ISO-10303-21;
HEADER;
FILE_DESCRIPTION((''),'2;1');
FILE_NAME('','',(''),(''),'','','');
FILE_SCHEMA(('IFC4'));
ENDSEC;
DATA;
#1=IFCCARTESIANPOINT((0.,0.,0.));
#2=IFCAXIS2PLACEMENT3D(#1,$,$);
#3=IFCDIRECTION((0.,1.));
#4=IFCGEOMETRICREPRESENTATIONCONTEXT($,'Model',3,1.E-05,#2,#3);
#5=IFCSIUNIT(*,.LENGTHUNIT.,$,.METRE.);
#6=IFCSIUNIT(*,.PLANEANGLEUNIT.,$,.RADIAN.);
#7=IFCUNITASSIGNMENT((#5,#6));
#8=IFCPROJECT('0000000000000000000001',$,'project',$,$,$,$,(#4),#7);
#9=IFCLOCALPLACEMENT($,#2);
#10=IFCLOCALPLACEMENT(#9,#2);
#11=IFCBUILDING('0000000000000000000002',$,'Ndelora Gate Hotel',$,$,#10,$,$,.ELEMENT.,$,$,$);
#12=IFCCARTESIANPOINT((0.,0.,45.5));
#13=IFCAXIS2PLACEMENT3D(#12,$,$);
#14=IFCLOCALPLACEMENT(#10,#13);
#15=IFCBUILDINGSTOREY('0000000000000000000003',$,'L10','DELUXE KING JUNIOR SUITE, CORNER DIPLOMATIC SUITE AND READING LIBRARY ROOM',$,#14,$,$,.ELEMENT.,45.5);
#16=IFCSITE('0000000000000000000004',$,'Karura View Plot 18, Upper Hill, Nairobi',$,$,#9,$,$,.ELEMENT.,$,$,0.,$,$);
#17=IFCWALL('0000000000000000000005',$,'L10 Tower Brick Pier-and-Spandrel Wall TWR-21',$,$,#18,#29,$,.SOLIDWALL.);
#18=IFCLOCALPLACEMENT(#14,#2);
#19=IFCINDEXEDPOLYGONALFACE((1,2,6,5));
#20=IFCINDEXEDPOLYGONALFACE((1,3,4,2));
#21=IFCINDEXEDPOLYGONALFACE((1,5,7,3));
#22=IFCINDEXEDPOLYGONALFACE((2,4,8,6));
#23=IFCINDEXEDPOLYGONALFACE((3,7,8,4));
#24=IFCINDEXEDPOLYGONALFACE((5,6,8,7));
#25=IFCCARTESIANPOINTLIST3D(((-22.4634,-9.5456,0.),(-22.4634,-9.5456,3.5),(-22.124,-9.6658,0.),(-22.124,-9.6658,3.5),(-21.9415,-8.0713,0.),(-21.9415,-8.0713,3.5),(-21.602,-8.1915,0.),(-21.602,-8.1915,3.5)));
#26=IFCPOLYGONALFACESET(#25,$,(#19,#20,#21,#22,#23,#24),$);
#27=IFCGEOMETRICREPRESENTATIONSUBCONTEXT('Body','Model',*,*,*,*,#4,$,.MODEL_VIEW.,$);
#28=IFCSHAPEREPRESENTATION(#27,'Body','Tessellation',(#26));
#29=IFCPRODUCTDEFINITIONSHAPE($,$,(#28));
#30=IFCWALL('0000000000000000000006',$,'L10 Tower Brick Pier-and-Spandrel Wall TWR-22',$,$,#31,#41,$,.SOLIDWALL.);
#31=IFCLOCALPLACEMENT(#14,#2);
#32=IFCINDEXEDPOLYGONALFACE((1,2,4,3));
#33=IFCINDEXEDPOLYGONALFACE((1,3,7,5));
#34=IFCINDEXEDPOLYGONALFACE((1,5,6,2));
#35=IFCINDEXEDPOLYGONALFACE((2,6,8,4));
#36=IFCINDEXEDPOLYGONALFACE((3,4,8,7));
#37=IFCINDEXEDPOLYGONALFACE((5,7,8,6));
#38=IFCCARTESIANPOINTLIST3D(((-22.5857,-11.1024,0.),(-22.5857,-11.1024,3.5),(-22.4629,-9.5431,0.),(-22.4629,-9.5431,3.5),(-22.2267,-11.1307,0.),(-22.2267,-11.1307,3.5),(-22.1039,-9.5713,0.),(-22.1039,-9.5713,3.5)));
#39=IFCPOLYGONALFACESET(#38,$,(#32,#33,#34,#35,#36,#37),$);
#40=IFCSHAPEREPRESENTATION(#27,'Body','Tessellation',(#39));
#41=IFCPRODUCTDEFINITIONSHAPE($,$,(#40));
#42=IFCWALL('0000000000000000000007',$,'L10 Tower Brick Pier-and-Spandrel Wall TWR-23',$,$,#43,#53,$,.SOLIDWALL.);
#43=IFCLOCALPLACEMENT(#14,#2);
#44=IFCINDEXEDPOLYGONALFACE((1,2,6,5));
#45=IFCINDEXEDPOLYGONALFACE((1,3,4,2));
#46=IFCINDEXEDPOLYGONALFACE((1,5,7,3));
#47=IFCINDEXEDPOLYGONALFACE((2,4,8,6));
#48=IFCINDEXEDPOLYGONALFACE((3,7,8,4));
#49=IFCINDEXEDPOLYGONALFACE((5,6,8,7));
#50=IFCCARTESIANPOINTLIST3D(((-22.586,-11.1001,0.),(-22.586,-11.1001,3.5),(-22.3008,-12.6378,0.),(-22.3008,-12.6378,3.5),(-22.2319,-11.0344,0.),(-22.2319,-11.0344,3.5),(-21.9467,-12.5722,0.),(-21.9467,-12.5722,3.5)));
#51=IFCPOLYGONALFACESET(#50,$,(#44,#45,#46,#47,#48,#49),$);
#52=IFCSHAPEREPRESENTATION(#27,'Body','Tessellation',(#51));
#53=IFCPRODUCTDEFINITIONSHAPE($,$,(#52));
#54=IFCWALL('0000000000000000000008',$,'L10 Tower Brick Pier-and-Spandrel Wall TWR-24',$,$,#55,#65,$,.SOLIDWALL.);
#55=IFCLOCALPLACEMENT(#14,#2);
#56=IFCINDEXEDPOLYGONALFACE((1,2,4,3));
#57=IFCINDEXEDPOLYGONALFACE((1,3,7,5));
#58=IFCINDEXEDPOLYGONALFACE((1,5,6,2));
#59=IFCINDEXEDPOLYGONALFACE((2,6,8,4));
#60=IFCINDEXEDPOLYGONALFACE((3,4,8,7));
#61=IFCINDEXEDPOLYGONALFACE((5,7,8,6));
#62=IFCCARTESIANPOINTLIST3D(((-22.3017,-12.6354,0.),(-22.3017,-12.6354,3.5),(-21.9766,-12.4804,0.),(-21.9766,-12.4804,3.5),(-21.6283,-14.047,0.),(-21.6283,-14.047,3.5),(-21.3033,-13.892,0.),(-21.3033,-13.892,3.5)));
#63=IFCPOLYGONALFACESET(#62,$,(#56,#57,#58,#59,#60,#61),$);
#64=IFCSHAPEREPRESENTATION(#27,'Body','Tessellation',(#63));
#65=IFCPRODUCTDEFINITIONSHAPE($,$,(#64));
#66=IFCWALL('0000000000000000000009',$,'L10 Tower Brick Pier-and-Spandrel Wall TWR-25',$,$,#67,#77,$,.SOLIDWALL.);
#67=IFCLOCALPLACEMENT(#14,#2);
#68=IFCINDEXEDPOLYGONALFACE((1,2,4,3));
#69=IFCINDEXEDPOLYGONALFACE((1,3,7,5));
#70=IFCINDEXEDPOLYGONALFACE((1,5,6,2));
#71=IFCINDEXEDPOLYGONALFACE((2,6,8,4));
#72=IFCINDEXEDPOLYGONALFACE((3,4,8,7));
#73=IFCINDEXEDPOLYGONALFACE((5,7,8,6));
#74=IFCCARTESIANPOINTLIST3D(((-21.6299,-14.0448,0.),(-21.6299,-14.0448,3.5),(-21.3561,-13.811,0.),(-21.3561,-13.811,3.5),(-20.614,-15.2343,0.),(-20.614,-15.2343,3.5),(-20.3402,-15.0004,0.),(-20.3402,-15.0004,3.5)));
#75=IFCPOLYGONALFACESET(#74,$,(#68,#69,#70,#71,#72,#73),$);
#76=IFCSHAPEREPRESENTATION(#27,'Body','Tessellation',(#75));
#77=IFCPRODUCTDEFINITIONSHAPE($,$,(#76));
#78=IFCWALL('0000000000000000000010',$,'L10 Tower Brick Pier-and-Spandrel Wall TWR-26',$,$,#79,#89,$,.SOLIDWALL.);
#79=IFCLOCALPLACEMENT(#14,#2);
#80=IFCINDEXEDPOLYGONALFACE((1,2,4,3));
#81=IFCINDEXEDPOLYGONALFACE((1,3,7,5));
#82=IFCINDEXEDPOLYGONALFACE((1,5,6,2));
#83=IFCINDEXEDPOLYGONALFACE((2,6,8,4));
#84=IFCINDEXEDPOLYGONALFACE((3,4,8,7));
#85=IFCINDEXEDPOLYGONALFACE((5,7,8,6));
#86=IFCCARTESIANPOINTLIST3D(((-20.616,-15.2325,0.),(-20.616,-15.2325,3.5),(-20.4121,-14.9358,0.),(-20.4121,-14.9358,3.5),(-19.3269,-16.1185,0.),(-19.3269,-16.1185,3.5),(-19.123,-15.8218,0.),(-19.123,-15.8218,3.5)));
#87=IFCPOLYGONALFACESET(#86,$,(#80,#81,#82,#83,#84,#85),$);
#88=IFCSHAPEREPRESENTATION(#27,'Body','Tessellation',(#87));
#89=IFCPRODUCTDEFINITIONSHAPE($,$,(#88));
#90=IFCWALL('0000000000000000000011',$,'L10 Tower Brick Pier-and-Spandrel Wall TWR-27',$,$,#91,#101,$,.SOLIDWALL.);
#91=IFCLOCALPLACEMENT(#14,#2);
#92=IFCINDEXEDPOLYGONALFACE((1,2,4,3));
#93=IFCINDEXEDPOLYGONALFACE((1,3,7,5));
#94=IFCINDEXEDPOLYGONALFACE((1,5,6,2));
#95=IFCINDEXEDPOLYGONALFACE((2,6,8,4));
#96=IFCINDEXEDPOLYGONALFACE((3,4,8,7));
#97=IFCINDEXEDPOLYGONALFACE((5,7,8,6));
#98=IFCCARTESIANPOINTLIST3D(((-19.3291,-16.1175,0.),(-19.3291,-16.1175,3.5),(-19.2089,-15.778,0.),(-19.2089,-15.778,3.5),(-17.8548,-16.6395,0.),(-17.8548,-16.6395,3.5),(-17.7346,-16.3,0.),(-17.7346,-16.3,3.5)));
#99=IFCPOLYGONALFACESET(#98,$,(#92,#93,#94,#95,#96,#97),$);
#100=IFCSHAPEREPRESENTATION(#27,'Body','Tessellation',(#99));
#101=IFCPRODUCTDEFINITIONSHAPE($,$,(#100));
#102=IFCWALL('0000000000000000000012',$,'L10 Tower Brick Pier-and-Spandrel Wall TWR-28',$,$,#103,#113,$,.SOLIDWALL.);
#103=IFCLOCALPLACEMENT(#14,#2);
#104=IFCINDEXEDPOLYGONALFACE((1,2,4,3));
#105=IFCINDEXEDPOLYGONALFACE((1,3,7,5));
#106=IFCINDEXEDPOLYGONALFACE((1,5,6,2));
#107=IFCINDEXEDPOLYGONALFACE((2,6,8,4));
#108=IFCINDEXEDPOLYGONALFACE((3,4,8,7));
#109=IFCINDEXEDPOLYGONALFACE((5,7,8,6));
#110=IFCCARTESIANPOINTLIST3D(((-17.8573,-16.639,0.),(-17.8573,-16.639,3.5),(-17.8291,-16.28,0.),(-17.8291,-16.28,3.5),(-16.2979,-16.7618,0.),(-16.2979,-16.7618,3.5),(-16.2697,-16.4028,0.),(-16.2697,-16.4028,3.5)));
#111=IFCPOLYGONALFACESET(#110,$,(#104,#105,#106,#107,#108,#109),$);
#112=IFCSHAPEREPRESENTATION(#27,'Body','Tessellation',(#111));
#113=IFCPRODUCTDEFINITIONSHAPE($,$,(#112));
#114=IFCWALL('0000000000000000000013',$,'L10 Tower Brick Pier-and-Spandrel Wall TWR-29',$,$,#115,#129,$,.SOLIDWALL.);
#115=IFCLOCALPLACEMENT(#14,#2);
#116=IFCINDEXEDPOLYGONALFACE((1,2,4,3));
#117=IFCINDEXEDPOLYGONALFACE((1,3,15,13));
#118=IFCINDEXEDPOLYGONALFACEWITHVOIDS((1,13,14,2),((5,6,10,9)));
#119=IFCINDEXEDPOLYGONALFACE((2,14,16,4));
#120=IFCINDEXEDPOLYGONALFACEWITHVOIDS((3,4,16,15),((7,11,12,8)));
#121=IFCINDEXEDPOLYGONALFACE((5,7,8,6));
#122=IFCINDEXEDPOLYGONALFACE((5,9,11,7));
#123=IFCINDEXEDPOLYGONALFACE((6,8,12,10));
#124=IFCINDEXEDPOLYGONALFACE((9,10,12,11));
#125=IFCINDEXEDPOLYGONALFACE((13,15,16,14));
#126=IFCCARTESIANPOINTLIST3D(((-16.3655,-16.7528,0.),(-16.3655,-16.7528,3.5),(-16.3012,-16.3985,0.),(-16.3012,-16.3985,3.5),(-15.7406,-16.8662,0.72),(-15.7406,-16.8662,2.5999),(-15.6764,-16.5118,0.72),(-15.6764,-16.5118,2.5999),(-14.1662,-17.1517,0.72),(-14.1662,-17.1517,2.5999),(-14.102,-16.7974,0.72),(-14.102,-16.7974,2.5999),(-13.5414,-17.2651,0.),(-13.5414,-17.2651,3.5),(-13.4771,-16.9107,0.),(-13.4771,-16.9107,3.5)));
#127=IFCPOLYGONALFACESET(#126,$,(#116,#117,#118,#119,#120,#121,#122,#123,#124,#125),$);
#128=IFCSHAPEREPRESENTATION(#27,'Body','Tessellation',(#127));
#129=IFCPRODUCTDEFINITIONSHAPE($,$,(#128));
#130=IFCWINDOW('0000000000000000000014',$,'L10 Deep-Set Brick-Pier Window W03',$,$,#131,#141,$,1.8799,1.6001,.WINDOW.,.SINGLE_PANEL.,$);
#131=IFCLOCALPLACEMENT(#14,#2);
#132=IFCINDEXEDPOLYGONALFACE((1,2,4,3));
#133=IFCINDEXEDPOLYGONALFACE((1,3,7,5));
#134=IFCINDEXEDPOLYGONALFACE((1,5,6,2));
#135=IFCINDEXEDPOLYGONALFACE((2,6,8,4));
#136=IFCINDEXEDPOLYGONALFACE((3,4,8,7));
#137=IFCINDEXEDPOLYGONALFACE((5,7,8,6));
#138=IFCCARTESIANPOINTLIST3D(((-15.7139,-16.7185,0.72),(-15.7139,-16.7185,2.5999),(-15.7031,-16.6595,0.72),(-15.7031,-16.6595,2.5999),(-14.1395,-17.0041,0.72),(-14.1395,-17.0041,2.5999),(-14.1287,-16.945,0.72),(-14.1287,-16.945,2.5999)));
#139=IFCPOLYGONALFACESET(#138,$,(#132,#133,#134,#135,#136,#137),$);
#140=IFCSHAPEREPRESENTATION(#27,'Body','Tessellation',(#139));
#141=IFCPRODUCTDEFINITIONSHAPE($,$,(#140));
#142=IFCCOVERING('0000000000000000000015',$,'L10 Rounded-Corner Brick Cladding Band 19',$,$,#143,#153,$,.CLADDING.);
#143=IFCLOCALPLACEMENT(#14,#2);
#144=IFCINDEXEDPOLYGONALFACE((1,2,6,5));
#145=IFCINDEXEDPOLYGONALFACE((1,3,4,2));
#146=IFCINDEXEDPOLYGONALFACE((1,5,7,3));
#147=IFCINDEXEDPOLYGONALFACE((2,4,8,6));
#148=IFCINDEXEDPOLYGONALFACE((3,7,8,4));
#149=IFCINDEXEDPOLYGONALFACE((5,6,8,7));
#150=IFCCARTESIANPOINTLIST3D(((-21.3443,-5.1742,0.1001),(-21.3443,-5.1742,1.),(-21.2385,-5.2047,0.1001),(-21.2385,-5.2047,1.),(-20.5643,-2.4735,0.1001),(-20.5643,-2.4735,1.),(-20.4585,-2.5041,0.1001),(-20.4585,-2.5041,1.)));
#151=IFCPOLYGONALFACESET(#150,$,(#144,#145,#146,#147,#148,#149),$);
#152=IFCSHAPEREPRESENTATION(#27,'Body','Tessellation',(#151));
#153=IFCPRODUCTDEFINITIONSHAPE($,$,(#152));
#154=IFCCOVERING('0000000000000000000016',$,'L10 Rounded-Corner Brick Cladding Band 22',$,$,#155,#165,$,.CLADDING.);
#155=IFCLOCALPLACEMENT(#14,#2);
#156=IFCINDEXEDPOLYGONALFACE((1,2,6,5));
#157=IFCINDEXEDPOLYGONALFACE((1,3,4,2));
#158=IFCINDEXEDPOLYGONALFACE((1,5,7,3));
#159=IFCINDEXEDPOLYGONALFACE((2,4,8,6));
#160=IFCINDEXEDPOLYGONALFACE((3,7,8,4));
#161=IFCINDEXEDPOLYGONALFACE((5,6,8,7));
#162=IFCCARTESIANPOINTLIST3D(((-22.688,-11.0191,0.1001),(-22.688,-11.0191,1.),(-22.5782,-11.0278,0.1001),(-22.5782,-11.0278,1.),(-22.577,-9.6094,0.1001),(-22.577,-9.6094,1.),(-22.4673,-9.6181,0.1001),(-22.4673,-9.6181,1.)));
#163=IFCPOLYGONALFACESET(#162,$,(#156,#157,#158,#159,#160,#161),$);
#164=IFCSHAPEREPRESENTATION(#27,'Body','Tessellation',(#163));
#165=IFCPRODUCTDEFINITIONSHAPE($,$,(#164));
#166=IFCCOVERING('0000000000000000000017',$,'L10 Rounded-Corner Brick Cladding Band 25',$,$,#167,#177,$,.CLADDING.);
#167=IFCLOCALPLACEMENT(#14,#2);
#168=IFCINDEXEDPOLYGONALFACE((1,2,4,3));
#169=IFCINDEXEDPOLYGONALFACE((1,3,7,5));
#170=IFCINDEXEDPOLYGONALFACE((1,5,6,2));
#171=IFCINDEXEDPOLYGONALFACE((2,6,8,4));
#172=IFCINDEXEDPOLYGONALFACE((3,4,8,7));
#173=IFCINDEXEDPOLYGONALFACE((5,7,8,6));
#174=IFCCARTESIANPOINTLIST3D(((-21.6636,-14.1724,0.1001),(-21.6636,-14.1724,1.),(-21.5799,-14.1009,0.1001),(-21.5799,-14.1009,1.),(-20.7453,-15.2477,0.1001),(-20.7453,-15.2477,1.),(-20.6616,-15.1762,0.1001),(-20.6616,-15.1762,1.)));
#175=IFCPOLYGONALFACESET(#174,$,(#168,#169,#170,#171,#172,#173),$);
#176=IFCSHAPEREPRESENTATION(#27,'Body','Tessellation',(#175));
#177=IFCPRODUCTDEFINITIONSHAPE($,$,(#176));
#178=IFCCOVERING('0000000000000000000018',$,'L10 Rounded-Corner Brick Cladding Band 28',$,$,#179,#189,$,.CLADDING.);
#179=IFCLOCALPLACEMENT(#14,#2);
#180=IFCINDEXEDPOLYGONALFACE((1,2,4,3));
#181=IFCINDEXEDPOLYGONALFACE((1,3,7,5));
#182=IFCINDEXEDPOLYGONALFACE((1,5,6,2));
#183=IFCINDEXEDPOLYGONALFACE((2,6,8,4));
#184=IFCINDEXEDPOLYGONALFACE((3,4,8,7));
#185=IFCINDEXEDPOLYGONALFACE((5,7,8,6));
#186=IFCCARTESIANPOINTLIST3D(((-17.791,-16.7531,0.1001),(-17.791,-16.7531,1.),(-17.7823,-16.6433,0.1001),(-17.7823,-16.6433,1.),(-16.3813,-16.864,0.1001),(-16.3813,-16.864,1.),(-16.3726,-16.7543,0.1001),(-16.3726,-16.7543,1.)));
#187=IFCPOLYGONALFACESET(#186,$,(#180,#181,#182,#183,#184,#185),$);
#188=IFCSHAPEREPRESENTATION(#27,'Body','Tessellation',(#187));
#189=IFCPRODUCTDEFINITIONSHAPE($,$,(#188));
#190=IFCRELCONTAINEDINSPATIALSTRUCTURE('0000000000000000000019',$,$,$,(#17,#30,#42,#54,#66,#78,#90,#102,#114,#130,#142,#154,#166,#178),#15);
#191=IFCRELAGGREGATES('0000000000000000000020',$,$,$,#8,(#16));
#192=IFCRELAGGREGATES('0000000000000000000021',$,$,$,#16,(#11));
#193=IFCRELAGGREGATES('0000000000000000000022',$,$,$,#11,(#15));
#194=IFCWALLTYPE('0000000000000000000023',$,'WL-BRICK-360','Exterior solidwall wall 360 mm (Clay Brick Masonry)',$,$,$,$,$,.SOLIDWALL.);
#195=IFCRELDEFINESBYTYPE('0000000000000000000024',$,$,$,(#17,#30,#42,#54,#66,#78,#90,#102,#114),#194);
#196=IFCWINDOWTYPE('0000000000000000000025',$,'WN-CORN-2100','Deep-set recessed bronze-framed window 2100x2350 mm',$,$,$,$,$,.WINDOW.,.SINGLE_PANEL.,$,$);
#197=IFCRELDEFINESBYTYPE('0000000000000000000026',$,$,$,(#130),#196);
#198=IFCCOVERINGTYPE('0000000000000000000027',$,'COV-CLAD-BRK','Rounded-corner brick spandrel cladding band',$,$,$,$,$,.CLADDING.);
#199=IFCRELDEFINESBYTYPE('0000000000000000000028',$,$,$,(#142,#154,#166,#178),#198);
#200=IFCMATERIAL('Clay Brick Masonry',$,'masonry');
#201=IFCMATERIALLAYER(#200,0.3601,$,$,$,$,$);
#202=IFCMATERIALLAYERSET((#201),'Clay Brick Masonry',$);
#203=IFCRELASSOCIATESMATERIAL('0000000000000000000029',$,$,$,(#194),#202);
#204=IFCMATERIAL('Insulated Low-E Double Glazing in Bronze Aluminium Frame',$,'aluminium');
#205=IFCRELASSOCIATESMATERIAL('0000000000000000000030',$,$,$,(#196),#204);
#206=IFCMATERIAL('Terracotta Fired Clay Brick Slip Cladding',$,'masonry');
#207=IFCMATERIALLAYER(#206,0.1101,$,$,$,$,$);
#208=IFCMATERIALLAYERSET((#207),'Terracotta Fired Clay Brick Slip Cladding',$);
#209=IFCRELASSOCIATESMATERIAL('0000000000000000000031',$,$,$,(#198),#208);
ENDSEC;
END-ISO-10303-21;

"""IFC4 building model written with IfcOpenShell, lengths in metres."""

from ifc_helpers import new_model, si_unit, direction, frame, frame_2d, origin, origin_2d, place, context, subcontext, project, spatial, rectangle, extrude, material, layer, layer_set, type_object, element, fill, save


model = new_model("IFC4")

# Units and contexts
model_context = context("Model", 3, precision=1e-05, world=origin(), true_north=direction((0.0, 1.0)))
body_context = subcontext(model_context, "Body", "Model", "MODEL_VIEW")
ifc_project = project(units=[si_unit("LENGTHUNIT", "METRE"), si_unit("PLANEANGLEUNIT", "RADIAN")], contexts=[model_context])

# Site, building, storey
site_placement = place(None, origin())
site = spatial("IfcSite", under=ifc_project, at=site_placement, Name="Karura View Plot 18, Upper Hill, Nairobi", CompositionType="ELEMENT", RefElevation=0.0)
building_placement = place(site_placement, origin())
building = spatial("IfcBuilding", under=site, at=building_placement, Name="Ndelora Gate Hotel", CompositionType="ELEMENT")
storey_placement = place(building_placement, frame((0.0, 0.0, 45.5)))
storey = spatial("IfcBuildingStorey", under=building, at=storey_placement, Name="L10", Description="DELUXE KING JUNIOR SUITE, CORNER DIPLOMATIC SUITE AND READING LIBRARY ROOM", CompositionType="ELEMENT", Elevation=45.5)

# Shared definitions
ifc_material_1 = material(Name="Clay Brick Masonry", Category="masonry")
ifc_layer_1 = layer(ifc_material_1, 0.3601)
ifc_layer_set_1 = layer_set([ifc_layer_1], Name="Clay Brick Masonry")
wall_type = type_object("IfcWallType", Name="WL-BRICK-360", Description="Exterior solidwall wall 360 mm (Clay Brick Masonry)", PredefinedType="SOLIDWALL", material=ifc_layer_set_1)
ifc_material_2 = material(Name="Insulated Low-E Double Glazing in Bronze Aluminium Frame", Category="aluminium")

# Walls
wall_1_placement = place(storey_placement, frame((-22.2937, -9.6057, 0.0), z_axis=(0.0, 0.0, 1.0), x_axis=(0.333734, 0.942667, 0.0)))
element("IfcWall", 1, at=wall_1_placement, inside=storey, type_object=wall_type, Name="L10 Tower Brick Pier-and-Spandrel Wall TWR-21", PredefinedType="SOLIDWALL", context=body_context, shape_type="SweptSolid", body=[
    extrude(rectangle(XDim=1.564, YDim=0.3601, at=frame_2d((0.782, 0.0))), origin(), (0.0, 0.0, 1.0), 3.5),
])
wall_2_placement = place(storey_placement, frame((-22.4062, -11.1167, 0.0), z_axis=(0.0, 0.0, 1.0), x_axis=(0.078511, 0.996913, 0.0)))
element("IfcWall", 2, at=wall_2_placement, inside=storey, type_object=wall_type, Name="L10 Tower Brick Pier-and-Spandrel Wall TWR-22", PredefinedType="SOLIDWALL", context=body_context, shape_type="SweptSolid", body=[
    extrude(rectangle(XDim=1.5642, YDim=0.3601, at=frame_2d((0.7822, 0.0))), origin(), (0.0, 0.0, 1.0), 3.5),
])
for number, where, z_axis, x_axis, name in (
    (3, (-22.1238, -12.605, 0.0), (0.0, 0.0, 1.0), (-0.182318, 0.98324, 0.0), "L10 Tower Brick Pier-and-Spandrel Wall TWR-23"),
    (4, (-21.4658, -13.9695, 0.0), (0.0, 0.0, 1.0), (-0.430527, 0.902578, 0.0), "L10 Tower Brick Pier-and-Spandrel Wall TWR-24"),
):
    element("IfcWall", number, at=place(storey_placement, frame(where, z_axis=z_axis, x_axis=x_axis)), inside=storey, type_object=wall_type, Name=name, PredefinedType="SOLIDWALL", context=body_context, shape_type="SweptSolid", body=[
        extrude(rectangle(XDim=1.564, YDim=0.3601, at=frame_2d((0.782, 0.0))), origin(), (0.0, 0.0, 1.0), 3.5),
    ])
for number, where, z_axis, x_axis, name in (
    (5, (-20.4771, -15.1174, 0.0), (0.0, 0.0, 1.0), (-0.649441, 0.760412, 0.0), "L10 Tower Brick Pier-and-Spandrel Wall TWR-25"),
    (6, (-19.2249, -15.9702, 0.0), (0.0, 0.0, 1.0), (-0.824115, 0.566423, 0.0), "L10 Tower Brick Pier-and-Spandrel Wall TWR-26"),
):
    element("IfcWall", number, at=place(storey_placement, frame(where, z_axis=z_axis, x_axis=x_axis)), inside=storey, type_object=wall_type, Name=name, PredefinedType="SOLIDWALL", context=body_context, shape_type="SweptSolid", body=[
        extrude(rectangle(XDim=1.5642, YDim=0.3601, at=frame_2d((0.7822, 0.0))), origin(), (0.0, 0.0, 1.0), 3.5),
    ])
wall_3_placement = place(storey_placement, frame((-17.7947, -16.4697, 0.0), z_axis=(0.0, 0.0, 1.0), x_axis=(-0.942667, 0.333734, 0.0)))
element("IfcWall", 7, at=wall_3_placement, inside=storey, type_object=wall_type, Name="L10 Tower Brick Pier-and-Spandrel Wall TWR-27", PredefinedType="SOLIDWALL", context=body_context, shape_type="SweptSolid", body=[
    extrude(rectangle(XDim=1.564, YDim=0.3601, at=frame_2d((0.782, 0.0))), origin(), (0.0, 0.0, 1.0), 3.5),
])
wall_4_placement = place(storey_placement, frame((-16.2837, -16.5823, 0.0), z_axis=(0.0, 0.0, 1.0), x_axis=(-0.996913, 0.078511, 0.0)))
element("IfcWall", 8, at=wall_4_placement, inside=storey, type_object=wall_type, Name="L10 Tower Brick Pier-and-Spandrel Wall TWR-28", PredefinedType="SOLIDWALL", context=body_context, shape_type="SweptSolid", body=[
    extrude(rectangle(XDim=1.5642, YDim=0.3601, at=frame_2d((0.7822, 0.0))), origin(), (0.0, 0.0, 1.0), 3.5),
])

# Wall, opening, window
wall_5_placement = place(storey_placement, frame((-13.5093, -17.0879, 0.0), z_axis=(0.0, 0.0, 1.0), x_axis=(-0.983946, 0.178466, 0.0)))
wall_5 = element("IfcWall", 9, at=wall_5_placement, inside=storey, type_object=wall_type, Name="L10 Tower Brick Pier-and-Spandrel Wall TWR-29", PredefinedType="SOLIDWALL", context=body_context, shape_type="SweptSolid", body=[
    extrude(rectangle(XDim=2.8701, YDim=0.3601, at=frame_2d((1.4351, 0.0))), origin(), (0.0, 0.0, 1.0), 3.5),
])
opening_1_placement = place(wall_5_placement, frame((0.635, 0.0, 0.72)))
opening_1 = element("IfcOpeningElement", 10, at=opening_1_placement, cuts=wall_5, PredefinedType="OPENING", context=body_context, shape_type="SweptSolid", body=[
    extrude(rectangle(XDim=1.6001, YDim=1.8799, at=frame_2d((0.8, 0.9399))), frame((0.0, 0.1899, 0.0), z_axis=(0.0, -1.0, 0.0), x_axis=(1.0, 0.0, 0.0)), (0.0, 0.0, 1.0), 0.3801),
])
window_type_1 = type_object("IfcWindowType", Name="WN-CORN-2100", Description="Deep-set recessed bronze-framed window 2100x2350 mm", PartitioningType="SINGLE_PANEL", PredefinedType="WINDOW", material=ifc_material_2)
window_1_placement = place(opening_1_placement, origin())
window_1 = element("IfcWindow", 11, at=window_1_placement, inside=storey, type_object=window_type_1, Name="L10 Deep-Set Brick-Pier Window W03", OverallHeight=1.8799, OverallWidth=1.6001, PartitioningType="SINGLE_PANEL", PredefinedType="WINDOW", context=body_context, shape_type="SweptSolid", body=[
    extrude(rectangle(XDim=1.6001, YDim=1.8799, at=frame_2d((0.8, 0.9399))), frame((0.0, 0.03, 0.0), z_axis=(0.0, -1.0, 0.0), x_axis=(1.0, 0.0, 0.0)), (0.0, 0.0, 1.0), 0.0601),
])
fill(opening_1, window_1)

# Coverings
ifc_material_3 = material(Name="Terracotta Fired Clay Brick Slip Cladding", Category="masonry")
ifc_layer_2 = layer(ifc_material_3, 0.1101)
ifc_layer_set_2 = layer_set([ifc_layer_2], Name="Terracotta Fired Clay Brick Slip Cladding")
covering_type_1 = type_object("IfcCoveringType", Name="COV-CLAD-BRK", Description="Rounded-corner brick spandrel cladding band", PredefinedType="CLADDING", material=ifc_layer_set_2)
covering_placement = place(storey_placement, frame((-20.9014, -3.8391, 0.1001), z_axis=(0.0, 0.0, 1.0), x_axis=(0.277482, 0.960731, 0.0)))
element("IfcCovering", 12, at=covering_placement, inside=storey, type_object=covering_type_1, Name="L10 Rounded-Corner Brick Cladding Band 19", PredefinedType="CLADDING", context=body_context, shape_type="SweptSolid", body=[
    extrude(rectangle(XDim=2.811, YDim=0.1101, at=origin_2d()), origin(), (0.0, 0.0, 1.0), 0.8999),
])
for number, where, z_axis, x_axis, name in (
    (13, (-22.5776, -10.3186, 0.1001), (0.0, 0.0, 1.0), (0.078459, 0.996917, 0.0), "L10 Rounded-Corner Brick Cladding Band 22"),
    (14, (-21.1626, -14.6743, 0.1001), (0.0, 0.0, 1.0), (-0.649448, 0.760406, 0.0), "L10 Rounded-Corner Brick Cladding Band 25"),
    (15, (-17.0818, -16.7537, 0.1001), (0.0, 0.0, 1.0), (-0.996917, 0.078459, 0.0), "L10 Rounded-Corner Brick Cladding Band 28"),
):
    element("IfcCovering", number, at=place(storey_placement, frame(where, z_axis=z_axis, x_axis=x_axis)), inside=storey, type_object=covering_type_1, Name=name, PredefinedType="CLADDING", context=body_context, shape_type="SweptSolid", body=[
        extrude(rectangle(XDim=1.4141, YDim=0.1101, at=origin_2d()), origin(), (0.0, 0.0, 1.0), 0.8999),
    ])

save(model, "model.ifc")
